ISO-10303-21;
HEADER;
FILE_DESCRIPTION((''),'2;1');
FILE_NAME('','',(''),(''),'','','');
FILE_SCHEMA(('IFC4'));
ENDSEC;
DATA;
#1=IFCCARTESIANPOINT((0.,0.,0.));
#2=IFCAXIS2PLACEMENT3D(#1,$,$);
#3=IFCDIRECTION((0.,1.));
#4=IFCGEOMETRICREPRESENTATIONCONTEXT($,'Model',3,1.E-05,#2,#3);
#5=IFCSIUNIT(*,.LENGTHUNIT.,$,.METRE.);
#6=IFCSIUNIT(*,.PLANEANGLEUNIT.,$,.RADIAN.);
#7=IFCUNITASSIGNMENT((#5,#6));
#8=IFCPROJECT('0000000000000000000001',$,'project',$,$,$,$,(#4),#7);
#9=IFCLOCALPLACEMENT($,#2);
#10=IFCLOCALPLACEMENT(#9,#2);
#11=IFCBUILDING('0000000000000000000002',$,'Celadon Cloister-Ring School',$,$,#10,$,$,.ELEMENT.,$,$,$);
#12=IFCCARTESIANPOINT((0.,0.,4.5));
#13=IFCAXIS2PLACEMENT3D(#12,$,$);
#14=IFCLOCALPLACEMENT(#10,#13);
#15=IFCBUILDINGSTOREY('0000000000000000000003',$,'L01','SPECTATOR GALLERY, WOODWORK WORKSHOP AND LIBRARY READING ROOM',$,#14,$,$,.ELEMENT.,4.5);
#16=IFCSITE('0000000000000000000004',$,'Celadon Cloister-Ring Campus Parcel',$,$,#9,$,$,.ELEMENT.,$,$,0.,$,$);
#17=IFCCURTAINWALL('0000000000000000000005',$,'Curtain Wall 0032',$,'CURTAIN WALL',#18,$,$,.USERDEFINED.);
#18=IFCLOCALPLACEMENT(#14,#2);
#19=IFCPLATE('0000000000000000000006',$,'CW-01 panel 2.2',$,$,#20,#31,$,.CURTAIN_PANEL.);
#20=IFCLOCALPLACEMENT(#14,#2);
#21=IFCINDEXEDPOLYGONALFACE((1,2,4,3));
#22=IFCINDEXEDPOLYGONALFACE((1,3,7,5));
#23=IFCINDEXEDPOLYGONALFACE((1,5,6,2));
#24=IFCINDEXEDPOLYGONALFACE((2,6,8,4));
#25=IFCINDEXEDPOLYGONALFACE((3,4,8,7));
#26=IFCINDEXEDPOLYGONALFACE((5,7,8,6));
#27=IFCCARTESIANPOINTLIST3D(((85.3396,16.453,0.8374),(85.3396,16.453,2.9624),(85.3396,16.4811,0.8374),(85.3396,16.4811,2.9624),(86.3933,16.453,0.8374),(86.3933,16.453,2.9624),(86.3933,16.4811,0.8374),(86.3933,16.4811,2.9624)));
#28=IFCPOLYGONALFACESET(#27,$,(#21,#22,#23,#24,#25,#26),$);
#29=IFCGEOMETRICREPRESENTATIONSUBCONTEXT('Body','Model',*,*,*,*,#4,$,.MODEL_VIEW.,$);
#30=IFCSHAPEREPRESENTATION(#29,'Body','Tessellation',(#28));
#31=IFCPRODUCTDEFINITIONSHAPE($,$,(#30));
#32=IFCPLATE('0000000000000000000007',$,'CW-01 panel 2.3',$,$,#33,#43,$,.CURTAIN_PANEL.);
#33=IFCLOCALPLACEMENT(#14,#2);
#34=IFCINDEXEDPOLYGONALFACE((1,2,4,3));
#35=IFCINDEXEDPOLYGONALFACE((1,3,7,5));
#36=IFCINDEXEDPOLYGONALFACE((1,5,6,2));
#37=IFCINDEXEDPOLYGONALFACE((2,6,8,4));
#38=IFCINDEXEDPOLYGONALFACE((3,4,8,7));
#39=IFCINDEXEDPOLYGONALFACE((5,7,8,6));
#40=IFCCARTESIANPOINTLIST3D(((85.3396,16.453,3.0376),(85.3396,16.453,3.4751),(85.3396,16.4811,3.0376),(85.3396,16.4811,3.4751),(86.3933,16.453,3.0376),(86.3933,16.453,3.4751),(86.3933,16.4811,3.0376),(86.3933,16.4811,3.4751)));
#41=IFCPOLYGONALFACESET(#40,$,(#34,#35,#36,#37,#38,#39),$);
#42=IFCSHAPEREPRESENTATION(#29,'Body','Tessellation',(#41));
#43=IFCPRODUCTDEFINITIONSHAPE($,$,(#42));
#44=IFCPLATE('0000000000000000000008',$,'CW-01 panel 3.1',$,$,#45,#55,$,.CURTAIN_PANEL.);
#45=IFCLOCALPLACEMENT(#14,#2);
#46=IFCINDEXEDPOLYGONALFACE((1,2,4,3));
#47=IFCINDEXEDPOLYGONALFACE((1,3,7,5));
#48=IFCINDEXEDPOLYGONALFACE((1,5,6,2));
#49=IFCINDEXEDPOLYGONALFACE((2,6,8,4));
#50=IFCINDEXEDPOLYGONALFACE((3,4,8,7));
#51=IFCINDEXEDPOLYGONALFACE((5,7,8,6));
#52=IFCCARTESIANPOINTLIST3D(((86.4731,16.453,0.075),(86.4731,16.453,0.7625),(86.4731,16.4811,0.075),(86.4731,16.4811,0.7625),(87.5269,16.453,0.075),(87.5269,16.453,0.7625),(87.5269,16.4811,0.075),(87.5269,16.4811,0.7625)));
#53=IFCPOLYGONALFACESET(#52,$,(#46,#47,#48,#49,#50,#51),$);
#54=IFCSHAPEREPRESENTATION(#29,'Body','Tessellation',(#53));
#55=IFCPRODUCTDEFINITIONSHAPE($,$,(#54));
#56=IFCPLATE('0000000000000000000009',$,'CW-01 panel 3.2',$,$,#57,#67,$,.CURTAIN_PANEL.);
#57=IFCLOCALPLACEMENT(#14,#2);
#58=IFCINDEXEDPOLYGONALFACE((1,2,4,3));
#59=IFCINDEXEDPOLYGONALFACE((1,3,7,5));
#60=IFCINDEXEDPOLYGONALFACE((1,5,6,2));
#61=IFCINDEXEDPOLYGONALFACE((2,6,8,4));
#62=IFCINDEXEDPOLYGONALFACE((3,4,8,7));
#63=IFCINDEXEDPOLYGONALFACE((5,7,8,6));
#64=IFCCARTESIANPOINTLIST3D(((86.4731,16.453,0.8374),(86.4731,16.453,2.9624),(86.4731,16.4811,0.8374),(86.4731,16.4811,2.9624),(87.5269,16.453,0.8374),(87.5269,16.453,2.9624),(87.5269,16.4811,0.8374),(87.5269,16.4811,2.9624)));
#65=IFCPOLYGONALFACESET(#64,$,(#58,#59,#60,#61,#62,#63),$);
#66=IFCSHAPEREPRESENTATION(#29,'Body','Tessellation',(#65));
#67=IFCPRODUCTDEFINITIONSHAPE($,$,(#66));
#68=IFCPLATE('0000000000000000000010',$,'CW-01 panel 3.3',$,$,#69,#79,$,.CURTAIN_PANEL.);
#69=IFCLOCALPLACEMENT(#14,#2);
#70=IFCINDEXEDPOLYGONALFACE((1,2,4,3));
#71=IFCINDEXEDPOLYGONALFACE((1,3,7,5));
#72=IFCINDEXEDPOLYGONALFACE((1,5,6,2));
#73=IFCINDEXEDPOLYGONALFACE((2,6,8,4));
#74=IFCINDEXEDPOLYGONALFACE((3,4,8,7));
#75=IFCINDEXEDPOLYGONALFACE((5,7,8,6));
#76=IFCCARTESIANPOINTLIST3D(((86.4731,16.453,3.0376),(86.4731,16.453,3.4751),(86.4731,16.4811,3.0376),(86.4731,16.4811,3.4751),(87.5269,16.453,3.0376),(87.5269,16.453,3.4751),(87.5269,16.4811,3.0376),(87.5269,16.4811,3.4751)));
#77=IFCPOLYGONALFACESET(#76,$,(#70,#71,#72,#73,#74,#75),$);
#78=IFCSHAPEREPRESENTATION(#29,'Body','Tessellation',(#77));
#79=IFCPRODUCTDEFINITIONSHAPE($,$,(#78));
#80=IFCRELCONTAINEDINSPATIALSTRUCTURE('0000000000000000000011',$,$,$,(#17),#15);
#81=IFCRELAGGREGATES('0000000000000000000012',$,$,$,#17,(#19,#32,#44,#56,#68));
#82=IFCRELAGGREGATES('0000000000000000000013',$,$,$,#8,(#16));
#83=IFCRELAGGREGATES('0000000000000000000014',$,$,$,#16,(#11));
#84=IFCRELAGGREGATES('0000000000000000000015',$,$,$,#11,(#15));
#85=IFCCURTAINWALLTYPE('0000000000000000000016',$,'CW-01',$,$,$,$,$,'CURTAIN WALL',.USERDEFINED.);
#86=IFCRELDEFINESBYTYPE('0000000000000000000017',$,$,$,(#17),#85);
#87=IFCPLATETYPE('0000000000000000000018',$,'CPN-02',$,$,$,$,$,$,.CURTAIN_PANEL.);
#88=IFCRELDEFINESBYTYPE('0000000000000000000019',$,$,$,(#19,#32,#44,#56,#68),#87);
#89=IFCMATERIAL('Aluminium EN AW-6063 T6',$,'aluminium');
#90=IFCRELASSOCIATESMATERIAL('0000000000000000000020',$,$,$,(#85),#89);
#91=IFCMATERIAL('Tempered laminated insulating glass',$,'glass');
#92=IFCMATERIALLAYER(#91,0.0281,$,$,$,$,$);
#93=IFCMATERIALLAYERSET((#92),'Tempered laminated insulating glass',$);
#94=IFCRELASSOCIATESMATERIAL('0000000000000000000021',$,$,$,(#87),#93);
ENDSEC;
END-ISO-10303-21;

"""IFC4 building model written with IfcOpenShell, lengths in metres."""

from ifc_helpers import new_model, si_unit, direction, frame, origin, origin_2d, place, context, subcontext, project, spatial, rectangle, extrude, material, layer, layer_set, type_object, element, aggregate, save


model = new_model("IFC4")

# Units and contexts
model_context = context("Model", 3, precision=1e-05, world=origin(), true_north=direction((0.0, 1.0)))
body_context = subcontext(model_context, "Body", "Model", "MODEL_VIEW")
ifc_project = project(units=[si_unit("LENGTHUNIT", "METRE"), si_unit("PLANEANGLEUNIT", "RADIAN")], contexts=[model_context])

# Site, building, storey
site_placement = place(None, origin())
site = spatial("IfcSite", under=ifc_project, at=site_placement, Name="Celadon Cloister-Ring Campus Parcel", CompositionType="ELEMENT", RefElevation=0.0)
building_placement = place(site_placement, origin())
building = spatial("IfcBuilding", under=site, at=building_placement, Name="Celadon Cloister-Ring School", CompositionType="ELEMENT")
storey_placement = place(building_placement, frame((0.0, 0.0, 4.5)))
storey = spatial("IfcBuildingStorey", under=building, at=storey_placement, Name="L01", Description="SPECTATOR GALLERY, WOODWORK WORKSHOP AND LIBRARY READING ROOM", CompositionType="ELEMENT", Elevation=4.5)

# Shared definitions
ifc_material_1 = material(Name="Aluminium EN AW-6063 T6", Category="aluminium")
curtain_wall_type = type_object("IfcCurtainWallType", Name="CW-01", ElementType="CURTAIN WALL", PredefinedType="USERDEFINED", material=ifc_material_1)

# Curtain wall
curtain_wall_1_placement = place(storey_placement, origin())
curtain_wall_1 = element("IfcCurtainWall", 1, at=curtain_wall_1_placement, inside=storey, type_object=curtain_wall_type, Name="Curtain Wall 0032", ObjectType="CURTAIN WALL", PredefinedType="USERDEFINED")

# Plates
ifc_material_2 = material(Name="Tempered laminated insulating glass", Category="glass")
ifc_layer = layer(ifc_material_2, 0.0281)
ifc_layer_set = layer_set([ifc_layer], Name="Tempered laminated insulating glass")
plate_type = type_object("IfcPlateType", Name="CPN-02", PredefinedType="CURTAIN_PANEL", material=ifc_layer_set)
plate_1_placement = place(storey_placement, frame((85.8665, 16.467, 0.8374), z_axis=(0.0, 0.0, 1.0), x_axis=(1.0, 0.0, 0.0)))
plate_1 = element("IfcPlate", 2, at=plate_1_placement, type_object=plate_type, Name="CW-01 panel 2.2", PredefinedType="CURTAIN_PANEL", context=body_context, shape_type="SweptSolid", body=[
    extrude(rectangle(XDim=1.0537, YDim=0.0281, at=origin_2d()), origin(), (0.0, 0.0, 1.0), 2.125),
])
plate_2_placement = place(storey_placement, frame((85.8665, 16.467, 3.0376), z_axis=(0.0, 0.0, 1.0), x_axis=(1.0, 0.0, 0.0)))
plate_2 = element("IfcPlate", 3, at=plate_2_placement, type_object=plate_type, Name="CW-01 panel 2.3", PredefinedType="CURTAIN_PANEL", context=body_context, shape_type="SweptSolid", body=[
    extrude(rectangle(XDim=1.0537, YDim=0.0281, at=origin_2d()), origin(), (0.0, 0.0, 1.0), 0.4375),
])
plate_3_placement = place(storey_placement, frame((87.0, 16.467, 0.075), z_axis=(0.0, 0.0, 1.0), x_axis=(1.0, 0.0, 0.0)))
plate_3 = element("IfcPlate", 4, at=plate_3_placement, type_object=plate_type, Name="CW-01 panel 3.1", PredefinedType="CURTAIN_PANEL", context=body_context, shape_type="SweptSolid", body=[
    extrude(rectangle(XDim=1.0537, YDim=0.0281, at=origin_2d()), origin(), (0.0, 0.0, 1.0), 0.6875),
])
plate_4_placement = place(storey_placement, frame((87.0, 16.467, 0.8374), z_axis=(0.0, 0.0, 1.0), x_axis=(1.0, 0.0, 0.0)))
plate_4 = element("IfcPlate", 5, at=plate_4_placement, type_object=plate_type, Name="CW-01 panel 3.2", PredefinedType="CURTAIN_PANEL", context=body_context, shape_type="SweptSolid", body=[
    extrude(rectangle(XDim=1.0537, YDim=0.0281, at=origin_2d()), origin(), (0.0, 0.0, 1.0), 2.125),
])
plate_5_placement = place(storey_placement, frame((87.0, 16.467, 3.0376), z_axis=(0.0, 0.0, 1.0), x_axis=(1.0, 0.0, 0.0)))
plate_5 = element("IfcPlate", 6, at=plate_5_placement, type_object=plate_type, Name="CW-01 panel 3.3", PredefinedType="CURTAIN_PANEL", context=body_context, shape_type="SweptSolid", body=[
    extrude(rectangle(XDim=1.0537, YDim=0.0281, at=origin_2d()), origin(), (0.0, 0.0, 1.0), 0.4375),
])
aggregate(curtain_wall_1, [plate_1, plate_2, plate_3, plate_4, plate_5])

save(model, "model.ifc")
